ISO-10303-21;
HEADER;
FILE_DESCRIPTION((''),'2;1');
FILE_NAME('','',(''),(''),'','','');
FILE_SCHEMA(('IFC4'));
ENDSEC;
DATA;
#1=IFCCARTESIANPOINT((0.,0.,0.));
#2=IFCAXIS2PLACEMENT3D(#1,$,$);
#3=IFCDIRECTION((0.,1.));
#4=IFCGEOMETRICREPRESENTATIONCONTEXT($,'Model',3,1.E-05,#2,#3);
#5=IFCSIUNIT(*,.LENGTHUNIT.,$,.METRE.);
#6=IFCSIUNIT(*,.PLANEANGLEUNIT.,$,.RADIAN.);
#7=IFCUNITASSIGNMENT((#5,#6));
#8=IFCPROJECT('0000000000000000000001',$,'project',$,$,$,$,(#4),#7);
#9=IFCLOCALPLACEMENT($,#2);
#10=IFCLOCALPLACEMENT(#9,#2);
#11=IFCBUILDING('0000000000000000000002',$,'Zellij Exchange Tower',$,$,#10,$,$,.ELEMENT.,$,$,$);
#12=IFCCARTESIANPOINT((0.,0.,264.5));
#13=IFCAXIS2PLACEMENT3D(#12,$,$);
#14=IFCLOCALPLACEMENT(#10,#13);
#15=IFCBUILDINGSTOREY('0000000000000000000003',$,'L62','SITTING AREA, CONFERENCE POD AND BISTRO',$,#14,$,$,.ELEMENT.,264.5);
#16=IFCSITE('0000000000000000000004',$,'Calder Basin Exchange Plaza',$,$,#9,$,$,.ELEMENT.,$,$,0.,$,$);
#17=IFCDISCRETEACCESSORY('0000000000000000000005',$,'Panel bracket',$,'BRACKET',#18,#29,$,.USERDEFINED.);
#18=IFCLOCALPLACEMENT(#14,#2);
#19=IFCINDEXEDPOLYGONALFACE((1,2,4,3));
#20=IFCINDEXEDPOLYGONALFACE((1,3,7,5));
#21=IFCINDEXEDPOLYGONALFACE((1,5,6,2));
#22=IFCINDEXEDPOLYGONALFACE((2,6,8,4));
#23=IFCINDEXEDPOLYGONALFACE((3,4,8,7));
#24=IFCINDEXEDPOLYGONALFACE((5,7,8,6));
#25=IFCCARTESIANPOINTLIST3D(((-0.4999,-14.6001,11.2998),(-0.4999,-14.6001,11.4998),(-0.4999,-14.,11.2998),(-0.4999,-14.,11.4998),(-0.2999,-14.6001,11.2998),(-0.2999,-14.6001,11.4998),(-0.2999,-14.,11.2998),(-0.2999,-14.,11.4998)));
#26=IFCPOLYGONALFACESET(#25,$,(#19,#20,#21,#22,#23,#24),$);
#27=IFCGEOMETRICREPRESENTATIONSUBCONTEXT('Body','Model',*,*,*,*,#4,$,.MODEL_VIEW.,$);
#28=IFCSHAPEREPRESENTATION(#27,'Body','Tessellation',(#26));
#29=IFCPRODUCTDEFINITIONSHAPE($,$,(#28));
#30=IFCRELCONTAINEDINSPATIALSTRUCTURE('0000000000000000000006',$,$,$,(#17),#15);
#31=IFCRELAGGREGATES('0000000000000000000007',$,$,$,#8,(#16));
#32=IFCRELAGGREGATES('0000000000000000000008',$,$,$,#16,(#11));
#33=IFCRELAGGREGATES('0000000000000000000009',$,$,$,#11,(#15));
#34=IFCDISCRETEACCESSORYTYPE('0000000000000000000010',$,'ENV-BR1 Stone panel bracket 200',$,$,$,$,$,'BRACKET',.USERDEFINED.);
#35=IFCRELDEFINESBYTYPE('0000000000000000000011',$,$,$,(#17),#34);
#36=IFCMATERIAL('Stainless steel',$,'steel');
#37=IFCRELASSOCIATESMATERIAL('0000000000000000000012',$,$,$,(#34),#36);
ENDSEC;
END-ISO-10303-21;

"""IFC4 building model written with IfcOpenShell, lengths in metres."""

from ifc_helpers import new_model, si_unit, direction, frame, origin, origin_2d, place, context, subcontext, project, spatial, rectangle, extrude, material, type_object, element, save


model = new_model("IFC4")

# Units and contexts
model_context = context("Model", 3, precision=1e-05, world=origin(), true_north=direction((0.0, 1.0)))
body_context = subcontext(model_context, "Body", "Model", "MODEL_VIEW")
ifc_project = project(units=[si_unit("LENGTHUNIT", "METRE"), si_unit("PLANEANGLEUNIT", "RADIAN")], contexts=[model_context])

# Site, building, storey
site_placement = place(None, origin())
site = spatial("IfcSite", under=ifc_project, at=site_placement, Name="Calder Basin Exchange Plaza", CompositionType="ELEMENT", RefElevation=0.0)
building_placement = place(site_placement, origin())
building = spatial("IfcBuilding", under=site, at=building_placement, Name="Zellij Exchange Tower", CompositionType="ELEMENT")
storey_placement = place(building_placement, frame((0.0, 0.0, 264.5)))
storey = spatial("IfcBuildingStorey", under=building, at=storey_placement, Name="L62", Description="SITTING AREA, CONFERENCE POD AND BISTRO", CompositionType="ELEMENT", Elevation=264.5)

# Shared definitions
ifc_material_1 = material(Name="Stainless steel", Category="steel")

# Discrete accessory
discrete_accessory_type = type_object("IfcDiscreteAccessoryType", Name="ENV-BR1 Stone panel bracket 200", ElementType="BRACKET", PredefinedType="USERDEFINED", material=ifc_material_1)
for number, where, z_axis, x_axis, name in (
    (1, (-0.3999, -14.3, 11.2998), (0.0, 0.0, 1.0), (1.0, 0.0, 0.0), "Panel bracket"),
):
    element("IfcDiscreteAccessory", number, at=place(storey_placement, frame(where, z_axis=z_axis, x_axis=x_axis)), inside=storey, type_object=discrete_accessory_type, Name=name, ObjectType="BRACKET", PredefinedType="USERDEFINED", context=body_context, shape_type="SweptSolid", body=[
        extrude(rectangle(XDim=0.2, YDim=0.6001, at=origin_2d()), origin(), (0.0, 0.0, 1.0), 0.2),
    ])

save(model, "model.ifc")
